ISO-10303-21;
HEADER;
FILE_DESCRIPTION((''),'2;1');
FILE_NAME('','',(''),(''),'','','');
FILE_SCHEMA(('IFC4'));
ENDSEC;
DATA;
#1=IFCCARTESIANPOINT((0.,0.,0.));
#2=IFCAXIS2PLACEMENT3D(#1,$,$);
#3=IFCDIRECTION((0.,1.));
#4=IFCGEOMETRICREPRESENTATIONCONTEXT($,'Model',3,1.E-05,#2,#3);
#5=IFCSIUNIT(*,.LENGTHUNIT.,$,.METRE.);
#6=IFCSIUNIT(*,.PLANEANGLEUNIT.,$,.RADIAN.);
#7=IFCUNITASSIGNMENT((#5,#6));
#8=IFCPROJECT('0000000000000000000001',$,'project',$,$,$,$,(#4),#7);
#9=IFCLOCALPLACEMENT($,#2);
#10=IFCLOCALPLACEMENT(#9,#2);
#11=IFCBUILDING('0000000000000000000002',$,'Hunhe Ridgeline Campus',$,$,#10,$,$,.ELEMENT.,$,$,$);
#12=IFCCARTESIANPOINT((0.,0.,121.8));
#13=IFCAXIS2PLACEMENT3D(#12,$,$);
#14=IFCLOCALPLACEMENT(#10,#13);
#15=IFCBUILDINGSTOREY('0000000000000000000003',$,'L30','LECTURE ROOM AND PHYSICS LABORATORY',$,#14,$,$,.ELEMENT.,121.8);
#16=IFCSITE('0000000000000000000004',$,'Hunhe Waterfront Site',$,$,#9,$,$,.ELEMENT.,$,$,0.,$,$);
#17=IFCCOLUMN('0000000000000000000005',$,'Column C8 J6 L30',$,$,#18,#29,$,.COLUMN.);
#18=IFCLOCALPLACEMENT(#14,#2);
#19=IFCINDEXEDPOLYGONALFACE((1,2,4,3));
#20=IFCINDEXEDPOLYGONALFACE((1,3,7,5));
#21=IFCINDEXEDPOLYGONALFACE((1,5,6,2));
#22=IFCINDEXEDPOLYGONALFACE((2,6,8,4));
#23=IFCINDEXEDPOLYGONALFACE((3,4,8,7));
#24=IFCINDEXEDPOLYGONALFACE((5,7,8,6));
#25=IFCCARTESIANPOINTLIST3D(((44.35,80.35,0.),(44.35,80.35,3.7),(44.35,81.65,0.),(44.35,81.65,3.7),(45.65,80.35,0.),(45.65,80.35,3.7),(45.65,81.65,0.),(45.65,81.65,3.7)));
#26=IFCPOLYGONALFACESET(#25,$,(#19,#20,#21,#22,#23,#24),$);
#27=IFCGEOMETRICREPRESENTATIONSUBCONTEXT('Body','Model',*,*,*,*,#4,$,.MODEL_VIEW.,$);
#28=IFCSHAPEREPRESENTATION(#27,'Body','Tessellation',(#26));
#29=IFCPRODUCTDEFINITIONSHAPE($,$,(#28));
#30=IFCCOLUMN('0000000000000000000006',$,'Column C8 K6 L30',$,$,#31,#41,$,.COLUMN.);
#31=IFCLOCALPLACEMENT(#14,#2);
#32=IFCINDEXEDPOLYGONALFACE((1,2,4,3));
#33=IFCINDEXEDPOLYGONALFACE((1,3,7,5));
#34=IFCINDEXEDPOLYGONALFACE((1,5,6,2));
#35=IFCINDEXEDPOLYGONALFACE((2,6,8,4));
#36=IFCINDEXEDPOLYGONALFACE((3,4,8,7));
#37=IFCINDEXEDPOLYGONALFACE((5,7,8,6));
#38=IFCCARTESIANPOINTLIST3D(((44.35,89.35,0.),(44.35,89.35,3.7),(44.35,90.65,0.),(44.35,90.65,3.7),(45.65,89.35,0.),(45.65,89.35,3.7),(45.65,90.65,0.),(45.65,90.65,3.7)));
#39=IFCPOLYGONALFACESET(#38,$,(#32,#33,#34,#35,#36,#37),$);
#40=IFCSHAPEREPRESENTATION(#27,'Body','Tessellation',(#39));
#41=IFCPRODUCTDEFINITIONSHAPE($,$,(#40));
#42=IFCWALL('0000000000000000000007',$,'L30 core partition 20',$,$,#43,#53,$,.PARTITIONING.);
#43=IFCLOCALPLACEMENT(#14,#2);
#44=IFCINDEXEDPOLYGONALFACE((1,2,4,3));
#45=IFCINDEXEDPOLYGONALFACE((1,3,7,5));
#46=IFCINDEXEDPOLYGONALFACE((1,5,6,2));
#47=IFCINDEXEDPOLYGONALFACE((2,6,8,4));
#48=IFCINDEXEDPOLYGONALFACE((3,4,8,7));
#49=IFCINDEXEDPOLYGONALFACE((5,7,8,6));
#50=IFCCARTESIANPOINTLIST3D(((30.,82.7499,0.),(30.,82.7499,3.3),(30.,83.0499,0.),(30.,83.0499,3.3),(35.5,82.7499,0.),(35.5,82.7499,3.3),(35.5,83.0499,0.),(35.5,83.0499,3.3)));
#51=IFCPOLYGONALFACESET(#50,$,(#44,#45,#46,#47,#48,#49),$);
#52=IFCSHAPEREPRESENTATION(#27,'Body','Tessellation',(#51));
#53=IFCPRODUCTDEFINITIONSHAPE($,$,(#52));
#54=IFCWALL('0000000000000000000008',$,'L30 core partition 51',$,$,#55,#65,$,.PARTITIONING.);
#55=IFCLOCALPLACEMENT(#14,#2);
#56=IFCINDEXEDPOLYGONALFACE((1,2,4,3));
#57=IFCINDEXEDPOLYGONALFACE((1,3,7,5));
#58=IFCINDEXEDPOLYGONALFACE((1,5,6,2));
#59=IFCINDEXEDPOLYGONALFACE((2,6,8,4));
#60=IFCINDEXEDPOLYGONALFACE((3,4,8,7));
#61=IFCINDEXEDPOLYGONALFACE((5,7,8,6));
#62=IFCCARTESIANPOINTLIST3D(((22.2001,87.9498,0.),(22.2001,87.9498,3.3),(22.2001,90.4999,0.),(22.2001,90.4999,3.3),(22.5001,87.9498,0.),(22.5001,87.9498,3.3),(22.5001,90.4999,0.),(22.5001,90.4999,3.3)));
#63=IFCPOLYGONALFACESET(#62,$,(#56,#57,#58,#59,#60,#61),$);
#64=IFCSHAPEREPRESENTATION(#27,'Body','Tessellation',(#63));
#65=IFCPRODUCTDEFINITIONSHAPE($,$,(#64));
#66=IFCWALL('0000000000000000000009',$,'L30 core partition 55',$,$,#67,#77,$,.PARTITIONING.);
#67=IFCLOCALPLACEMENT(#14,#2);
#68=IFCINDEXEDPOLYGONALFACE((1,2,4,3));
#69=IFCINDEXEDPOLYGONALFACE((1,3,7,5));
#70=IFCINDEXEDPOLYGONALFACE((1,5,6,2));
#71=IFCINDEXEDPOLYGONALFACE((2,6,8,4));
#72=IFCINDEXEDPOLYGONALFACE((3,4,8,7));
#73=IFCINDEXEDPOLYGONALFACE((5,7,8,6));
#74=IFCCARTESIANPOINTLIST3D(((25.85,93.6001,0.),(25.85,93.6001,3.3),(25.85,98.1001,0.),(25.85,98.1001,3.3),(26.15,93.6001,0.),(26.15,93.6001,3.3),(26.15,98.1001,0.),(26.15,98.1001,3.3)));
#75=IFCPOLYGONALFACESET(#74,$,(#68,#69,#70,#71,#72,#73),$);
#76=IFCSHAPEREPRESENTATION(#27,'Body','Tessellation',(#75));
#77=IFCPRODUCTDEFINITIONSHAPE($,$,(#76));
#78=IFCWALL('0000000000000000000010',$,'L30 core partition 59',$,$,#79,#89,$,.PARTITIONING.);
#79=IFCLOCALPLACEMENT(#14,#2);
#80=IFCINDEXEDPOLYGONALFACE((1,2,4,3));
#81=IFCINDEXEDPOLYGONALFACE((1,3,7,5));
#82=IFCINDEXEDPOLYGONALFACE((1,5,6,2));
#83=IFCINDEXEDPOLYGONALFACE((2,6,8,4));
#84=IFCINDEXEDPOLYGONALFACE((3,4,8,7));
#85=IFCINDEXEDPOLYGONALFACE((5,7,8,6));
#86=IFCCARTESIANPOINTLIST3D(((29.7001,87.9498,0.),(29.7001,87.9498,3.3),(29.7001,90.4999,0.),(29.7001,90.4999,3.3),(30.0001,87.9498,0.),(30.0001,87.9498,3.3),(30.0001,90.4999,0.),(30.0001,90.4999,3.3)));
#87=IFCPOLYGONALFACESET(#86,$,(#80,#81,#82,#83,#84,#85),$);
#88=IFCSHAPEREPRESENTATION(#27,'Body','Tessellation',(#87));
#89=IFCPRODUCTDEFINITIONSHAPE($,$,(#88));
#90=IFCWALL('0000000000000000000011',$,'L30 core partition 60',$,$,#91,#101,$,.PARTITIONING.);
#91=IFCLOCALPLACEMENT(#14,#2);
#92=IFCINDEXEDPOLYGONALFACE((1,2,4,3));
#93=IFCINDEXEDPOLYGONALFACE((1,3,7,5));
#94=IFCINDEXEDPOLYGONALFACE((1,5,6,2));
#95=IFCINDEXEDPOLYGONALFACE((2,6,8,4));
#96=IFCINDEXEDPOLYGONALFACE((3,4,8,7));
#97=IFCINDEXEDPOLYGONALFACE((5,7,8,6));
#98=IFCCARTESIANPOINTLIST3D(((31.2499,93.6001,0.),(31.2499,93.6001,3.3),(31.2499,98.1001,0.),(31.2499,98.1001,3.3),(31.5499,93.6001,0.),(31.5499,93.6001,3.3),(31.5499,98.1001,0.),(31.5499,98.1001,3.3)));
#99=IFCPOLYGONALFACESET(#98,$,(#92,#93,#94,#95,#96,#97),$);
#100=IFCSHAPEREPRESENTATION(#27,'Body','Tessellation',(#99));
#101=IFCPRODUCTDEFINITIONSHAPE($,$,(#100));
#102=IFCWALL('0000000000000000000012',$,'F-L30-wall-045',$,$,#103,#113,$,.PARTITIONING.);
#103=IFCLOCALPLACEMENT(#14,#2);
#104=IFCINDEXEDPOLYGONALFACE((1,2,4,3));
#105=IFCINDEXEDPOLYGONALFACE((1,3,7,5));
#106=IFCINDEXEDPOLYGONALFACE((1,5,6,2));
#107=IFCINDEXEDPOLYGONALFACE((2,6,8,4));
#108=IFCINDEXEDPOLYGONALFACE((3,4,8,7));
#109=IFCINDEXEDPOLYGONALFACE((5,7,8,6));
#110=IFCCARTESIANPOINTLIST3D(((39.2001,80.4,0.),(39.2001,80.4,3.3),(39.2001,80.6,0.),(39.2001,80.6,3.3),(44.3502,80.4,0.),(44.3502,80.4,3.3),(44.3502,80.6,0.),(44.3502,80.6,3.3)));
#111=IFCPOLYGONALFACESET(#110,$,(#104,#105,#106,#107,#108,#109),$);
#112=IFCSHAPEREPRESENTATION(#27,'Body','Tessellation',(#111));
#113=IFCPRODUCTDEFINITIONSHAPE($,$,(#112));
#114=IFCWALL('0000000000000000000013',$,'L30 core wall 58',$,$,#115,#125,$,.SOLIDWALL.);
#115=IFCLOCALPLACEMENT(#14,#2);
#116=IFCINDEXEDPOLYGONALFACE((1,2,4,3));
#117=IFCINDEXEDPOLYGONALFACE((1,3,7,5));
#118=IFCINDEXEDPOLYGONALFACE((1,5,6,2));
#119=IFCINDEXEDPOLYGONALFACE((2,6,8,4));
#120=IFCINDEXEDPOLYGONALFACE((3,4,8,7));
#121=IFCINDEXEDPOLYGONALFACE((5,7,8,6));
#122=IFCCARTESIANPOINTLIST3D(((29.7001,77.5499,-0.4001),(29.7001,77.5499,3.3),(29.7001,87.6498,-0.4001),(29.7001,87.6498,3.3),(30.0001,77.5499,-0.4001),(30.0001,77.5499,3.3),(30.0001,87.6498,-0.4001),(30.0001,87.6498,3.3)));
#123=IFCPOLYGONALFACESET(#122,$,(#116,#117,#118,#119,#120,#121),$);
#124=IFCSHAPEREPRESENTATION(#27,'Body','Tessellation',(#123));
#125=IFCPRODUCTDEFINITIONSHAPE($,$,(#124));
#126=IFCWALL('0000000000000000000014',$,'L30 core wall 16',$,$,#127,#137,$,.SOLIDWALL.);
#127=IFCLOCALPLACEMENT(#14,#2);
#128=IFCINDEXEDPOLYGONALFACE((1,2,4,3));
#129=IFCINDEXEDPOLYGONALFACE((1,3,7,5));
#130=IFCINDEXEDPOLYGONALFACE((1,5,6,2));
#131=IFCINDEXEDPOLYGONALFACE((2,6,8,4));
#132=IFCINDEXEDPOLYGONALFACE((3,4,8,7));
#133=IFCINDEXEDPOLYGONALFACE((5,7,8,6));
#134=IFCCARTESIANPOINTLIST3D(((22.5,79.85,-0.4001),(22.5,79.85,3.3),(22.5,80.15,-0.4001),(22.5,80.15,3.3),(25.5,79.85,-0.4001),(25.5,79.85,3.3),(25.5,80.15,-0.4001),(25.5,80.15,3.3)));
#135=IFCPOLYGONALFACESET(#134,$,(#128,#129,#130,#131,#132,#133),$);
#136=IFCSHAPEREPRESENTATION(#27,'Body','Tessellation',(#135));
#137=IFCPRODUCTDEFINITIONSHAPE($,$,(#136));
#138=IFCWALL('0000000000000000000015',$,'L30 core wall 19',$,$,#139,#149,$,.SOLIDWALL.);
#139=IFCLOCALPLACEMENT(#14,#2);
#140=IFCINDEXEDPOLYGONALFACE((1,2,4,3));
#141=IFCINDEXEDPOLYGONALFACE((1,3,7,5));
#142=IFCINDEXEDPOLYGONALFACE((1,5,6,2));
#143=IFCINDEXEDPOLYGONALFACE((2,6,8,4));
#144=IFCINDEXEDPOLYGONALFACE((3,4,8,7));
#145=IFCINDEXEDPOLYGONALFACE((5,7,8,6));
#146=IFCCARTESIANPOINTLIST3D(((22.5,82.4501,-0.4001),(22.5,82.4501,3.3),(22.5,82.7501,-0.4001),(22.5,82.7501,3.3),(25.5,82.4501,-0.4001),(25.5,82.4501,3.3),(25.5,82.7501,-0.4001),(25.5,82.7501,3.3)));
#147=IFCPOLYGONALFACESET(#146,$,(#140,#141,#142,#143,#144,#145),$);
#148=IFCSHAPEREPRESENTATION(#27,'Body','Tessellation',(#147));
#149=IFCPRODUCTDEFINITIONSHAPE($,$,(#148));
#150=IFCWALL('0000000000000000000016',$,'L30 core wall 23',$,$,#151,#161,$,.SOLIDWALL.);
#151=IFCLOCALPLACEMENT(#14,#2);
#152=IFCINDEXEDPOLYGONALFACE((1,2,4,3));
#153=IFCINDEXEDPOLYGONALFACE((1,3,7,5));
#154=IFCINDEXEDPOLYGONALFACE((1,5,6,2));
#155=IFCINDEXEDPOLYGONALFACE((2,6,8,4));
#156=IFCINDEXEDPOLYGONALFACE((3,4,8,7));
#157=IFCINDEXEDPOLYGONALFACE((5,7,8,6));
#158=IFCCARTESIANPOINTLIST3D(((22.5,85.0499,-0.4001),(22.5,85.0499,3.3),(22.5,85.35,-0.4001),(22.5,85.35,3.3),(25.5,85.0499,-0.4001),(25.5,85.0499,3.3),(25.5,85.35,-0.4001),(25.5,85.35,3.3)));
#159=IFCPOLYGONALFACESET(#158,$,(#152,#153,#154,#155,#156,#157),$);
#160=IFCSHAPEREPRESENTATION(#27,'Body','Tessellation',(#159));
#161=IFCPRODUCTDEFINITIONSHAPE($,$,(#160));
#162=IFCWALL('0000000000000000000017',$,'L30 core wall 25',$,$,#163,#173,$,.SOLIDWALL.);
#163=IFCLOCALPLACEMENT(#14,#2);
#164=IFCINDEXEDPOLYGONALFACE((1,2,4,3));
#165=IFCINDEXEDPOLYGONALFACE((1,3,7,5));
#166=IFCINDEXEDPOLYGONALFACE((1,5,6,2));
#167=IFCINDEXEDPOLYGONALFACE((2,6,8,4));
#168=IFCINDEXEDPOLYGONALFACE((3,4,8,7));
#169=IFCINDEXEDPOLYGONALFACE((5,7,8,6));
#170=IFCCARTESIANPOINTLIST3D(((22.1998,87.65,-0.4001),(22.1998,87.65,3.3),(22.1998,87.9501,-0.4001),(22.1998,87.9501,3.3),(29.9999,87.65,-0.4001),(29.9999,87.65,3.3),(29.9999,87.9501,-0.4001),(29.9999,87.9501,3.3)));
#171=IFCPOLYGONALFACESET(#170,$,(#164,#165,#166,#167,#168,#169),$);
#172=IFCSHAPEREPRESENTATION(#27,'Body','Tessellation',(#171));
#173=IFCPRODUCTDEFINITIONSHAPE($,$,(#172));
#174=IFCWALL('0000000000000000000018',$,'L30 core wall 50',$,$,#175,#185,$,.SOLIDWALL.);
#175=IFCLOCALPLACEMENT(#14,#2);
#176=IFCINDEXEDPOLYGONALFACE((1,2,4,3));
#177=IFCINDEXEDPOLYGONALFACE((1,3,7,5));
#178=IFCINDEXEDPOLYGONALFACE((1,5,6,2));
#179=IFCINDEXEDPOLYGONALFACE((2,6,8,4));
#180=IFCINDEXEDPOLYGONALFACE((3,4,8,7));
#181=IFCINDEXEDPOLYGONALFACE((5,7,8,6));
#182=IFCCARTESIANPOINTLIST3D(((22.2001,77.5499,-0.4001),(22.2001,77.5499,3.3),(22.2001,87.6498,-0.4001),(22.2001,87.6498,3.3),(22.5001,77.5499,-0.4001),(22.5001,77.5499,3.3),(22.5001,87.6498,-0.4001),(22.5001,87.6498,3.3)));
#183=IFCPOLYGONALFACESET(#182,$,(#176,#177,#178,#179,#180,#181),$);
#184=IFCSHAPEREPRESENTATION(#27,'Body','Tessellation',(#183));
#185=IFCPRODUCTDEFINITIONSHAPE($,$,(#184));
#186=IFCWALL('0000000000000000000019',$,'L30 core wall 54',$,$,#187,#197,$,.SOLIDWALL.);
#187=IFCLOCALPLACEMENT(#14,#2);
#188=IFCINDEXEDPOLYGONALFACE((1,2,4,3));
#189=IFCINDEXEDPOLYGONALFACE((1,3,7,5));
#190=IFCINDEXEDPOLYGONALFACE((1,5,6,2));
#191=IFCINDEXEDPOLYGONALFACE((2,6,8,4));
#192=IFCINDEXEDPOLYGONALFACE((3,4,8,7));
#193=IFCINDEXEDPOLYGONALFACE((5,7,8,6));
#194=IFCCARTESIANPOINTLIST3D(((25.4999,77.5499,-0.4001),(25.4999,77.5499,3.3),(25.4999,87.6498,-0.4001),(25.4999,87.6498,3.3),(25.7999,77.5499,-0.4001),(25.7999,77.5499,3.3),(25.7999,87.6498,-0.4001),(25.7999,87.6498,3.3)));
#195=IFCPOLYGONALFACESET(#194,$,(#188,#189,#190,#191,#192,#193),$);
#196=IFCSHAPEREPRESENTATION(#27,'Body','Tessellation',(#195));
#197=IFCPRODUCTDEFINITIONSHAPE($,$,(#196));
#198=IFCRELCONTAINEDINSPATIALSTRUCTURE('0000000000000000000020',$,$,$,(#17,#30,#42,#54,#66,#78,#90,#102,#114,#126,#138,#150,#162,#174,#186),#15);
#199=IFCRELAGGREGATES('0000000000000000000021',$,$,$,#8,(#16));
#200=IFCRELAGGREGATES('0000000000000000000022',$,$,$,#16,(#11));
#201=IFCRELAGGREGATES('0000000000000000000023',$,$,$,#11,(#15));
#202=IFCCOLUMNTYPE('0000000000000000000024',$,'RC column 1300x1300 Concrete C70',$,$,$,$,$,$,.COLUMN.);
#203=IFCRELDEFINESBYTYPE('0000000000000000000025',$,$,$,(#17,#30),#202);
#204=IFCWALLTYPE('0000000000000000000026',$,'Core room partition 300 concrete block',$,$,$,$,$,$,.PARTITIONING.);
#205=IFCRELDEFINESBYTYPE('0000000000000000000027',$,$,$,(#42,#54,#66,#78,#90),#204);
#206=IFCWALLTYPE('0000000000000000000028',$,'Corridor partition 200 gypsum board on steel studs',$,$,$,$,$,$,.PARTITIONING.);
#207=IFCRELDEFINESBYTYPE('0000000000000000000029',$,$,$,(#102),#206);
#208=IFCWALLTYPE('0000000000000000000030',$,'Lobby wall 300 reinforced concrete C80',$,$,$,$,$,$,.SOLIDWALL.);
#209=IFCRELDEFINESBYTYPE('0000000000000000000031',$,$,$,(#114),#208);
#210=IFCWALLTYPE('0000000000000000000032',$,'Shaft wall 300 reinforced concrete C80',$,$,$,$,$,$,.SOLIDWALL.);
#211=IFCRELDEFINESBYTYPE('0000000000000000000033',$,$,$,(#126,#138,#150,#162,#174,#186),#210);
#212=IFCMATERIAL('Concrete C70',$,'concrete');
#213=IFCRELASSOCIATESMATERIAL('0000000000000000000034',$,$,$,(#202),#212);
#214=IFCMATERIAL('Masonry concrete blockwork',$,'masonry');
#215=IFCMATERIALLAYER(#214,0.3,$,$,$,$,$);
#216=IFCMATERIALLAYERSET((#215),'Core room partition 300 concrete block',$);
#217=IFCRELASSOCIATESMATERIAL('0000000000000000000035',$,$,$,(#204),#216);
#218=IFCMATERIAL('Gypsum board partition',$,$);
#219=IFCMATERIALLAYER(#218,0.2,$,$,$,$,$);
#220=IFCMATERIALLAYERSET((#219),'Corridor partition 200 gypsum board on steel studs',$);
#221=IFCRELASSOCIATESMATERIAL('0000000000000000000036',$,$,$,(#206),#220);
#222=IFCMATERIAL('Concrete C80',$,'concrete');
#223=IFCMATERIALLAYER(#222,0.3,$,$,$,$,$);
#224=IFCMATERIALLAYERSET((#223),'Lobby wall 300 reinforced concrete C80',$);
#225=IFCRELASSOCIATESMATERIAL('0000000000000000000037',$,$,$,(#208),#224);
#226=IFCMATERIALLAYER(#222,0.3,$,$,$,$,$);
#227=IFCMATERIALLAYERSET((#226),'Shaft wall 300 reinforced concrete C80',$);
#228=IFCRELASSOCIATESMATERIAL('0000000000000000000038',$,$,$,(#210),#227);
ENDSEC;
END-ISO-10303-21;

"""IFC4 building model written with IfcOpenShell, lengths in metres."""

from ifc_helpers import new_model, si_unit, direction, frame, frame_2d, origin, origin_2d, place, context, subcontext, project, spatial, rectangle, extrude, material, layer, layer_set, material_profile, profile_set, type_object, element, save


model = new_model("IFC4")

# Units and contexts
model_context = context("Model", 3, precision=1e-05, world=origin(), true_north=direction((0.0, 1.0)))
body_context = subcontext(model_context, "Body", "Model", "MODEL_VIEW")
ifc_project = project(units=[si_unit("LENGTHUNIT", "METRE"), si_unit("PLANEANGLEUNIT", "RADIAN")], contexts=[model_context])

# Site, building, storey
site_placement = place(None, origin())
site = spatial("IfcSite", under=ifc_project, at=site_placement, Name="Hunhe Waterfront Site", CompositionType="ELEMENT", RefElevation=0.0)
building_placement = place(site_placement, origin())
building = spatial("IfcBuilding", under=site, at=building_placement, Name="Hunhe Ridgeline Campus", CompositionType="ELEMENT")
storey_placement = place(building_placement, frame((0.0, 0.0, 121.8)))
storey = spatial("IfcBuildingStorey", under=building, at=storey_placement, Name="L30", Description="LECTURE ROOM AND PHYSICS LABORATORY", CompositionType="ELEMENT", Elevation=121.8)

# Columns
ifc_material_1 = material(Name="Concrete C70", Category="concrete")
ifc_material_profile = material_profile(ifc_material_1, rectangle(XDim=1.3, YDim=1.3, at=origin_2d()))
ifc_profile_set = profile_set([ifc_material_profile], Name="Concrete C70")
column_type = type_object("IfcColumnType", Name="RC column 1300x1300 Concrete C70", PredefinedType="COLUMN", material=ifc_profile_set)
for number, where, z_axis, x_axis, name in (
    (1, (45.0, 81.0, 0.0), (0.0, 0.0, 1.0), (1.0, 0.0, 0.0), "Column C8 J6 L30"),
    (2, (45.0, 90.0, 0.0), (0.0, 0.0, 1.0), (1.0, 0.0, 0.0), "Column C8 K6 L30"),
):
    element("IfcColumn", number, at=place(storey_placement, frame(where, z_axis=z_axis, x_axis=x_axis)), inside=storey, type_object=column_type, Name=name, PredefinedType="COLUMN", context=body_context, shape_type="SweptSolid", body=[
        extrude(rectangle(XDim=1.3, YDim=1.3, at=origin_2d()), origin(), (0.0, 0.0, 1.0), 3.7),
    ])

# Shared definitions
ifc_material_2 = material(Name="Masonry concrete blockwork", Category="masonry")
ifc_layer_1 = layer(ifc_material_2, 0.3)
ifc_layer_set_1 = layer_set([ifc_layer_1], Name="Core room partition 300 concrete block")
wall_type_1 = type_object("IfcWallType", Name="Core room partition 300 concrete block", PredefinedType="PARTITIONING", material=ifc_layer_set_1)

# Walls
wall_1_placement = place(storey_placement, frame((30.0, 82.8999, 0.0), z_axis=(0.0, 0.0, 1.0), x_axis=(1.0, 0.0, 0.0)))
element("IfcWall", 3, at=wall_1_placement, inside=storey, type_object=wall_type_1, Name="L30 core partition 20", PredefinedType="PARTITIONING", context=body_context, shape_type="SweptSolid", body=[
    extrude(rectangle(XDim=5.5, YDim=0.3, at=frame_2d((2.75, 0.0))), origin(), (0.0, 0.0, 1.0), 3.3),
])
wall_2_placement = place(storey_placement, frame((22.3501, 87.95, 0.0), z_axis=(0.0, 0.0, 1.0), x_axis=(0.0, 1.0, 0.0)))
element("IfcWall", 4, at=wall_2_placement, inside=storey, type_object=wall_type_1, Name="L30 core partition 51", PredefinedType="PARTITIONING", context=body_context, shape_type="SweptSolid", body=[
    extrude(rectangle(XDim=2.55, YDim=0.3, at=frame_2d((1.2749, 0.0))), origin(), (0.0, 0.0, 1.0), 3.3),
])
wall_3_placement = place(storey_placement, frame((26.0, 93.6001, 0.0), z_axis=(0.0, 0.0, 1.0), x_axis=(0.0, 1.0, 0.0)))
element("IfcWall", 5, at=wall_3_placement, inside=storey, type_object=wall_type_1, Name="L30 core partition 55", PredefinedType="PARTITIONING", context=body_context, shape_type="SweptSolid", body=[
    extrude(rectangle(XDim=4.5, YDim=0.3, at=frame_2d((2.25, 0.0))), origin(), (0.0, 0.0, 1.0), 3.3),
])
wall_4_placement = place(storey_placement, frame((29.8501, 87.95, 0.0), z_axis=(0.0, 0.0, 1.0), x_axis=(0.0, 1.0, 0.0)))
element("IfcWall", 6, at=wall_4_placement, inside=storey, type_object=wall_type_1, Name="L30 core partition 59", PredefinedType="PARTITIONING", context=body_context, shape_type="SweptSolid", body=[
    extrude(rectangle(XDim=2.55, YDim=0.3, at=frame_2d((1.2749, 0.0))), origin(), (0.0, 0.0, 1.0), 3.3),
])
wall_5_placement = place(storey_placement, frame((31.3999, 93.6001, 0.0), z_axis=(0.0, 0.0, 1.0), x_axis=(0.0, 1.0, 0.0)))
element("IfcWall", 7, at=wall_5_placement, inside=storey, type_object=wall_type_1, Name="L30 core partition 60", PredefinedType="PARTITIONING", context=body_context, shape_type="SweptSolid", body=[
    extrude(rectangle(XDim=4.5, YDim=0.3, at=frame_2d((2.25, 0.0))), origin(), (0.0, 0.0, 1.0), 3.3),
])
ifc_material_3 = material(Name="Gypsum board partition")
ifc_layer_2 = layer(ifc_material_3, 0.2)
ifc_layer_set_2 = layer_set([ifc_layer_2], Name="Corridor partition 200 gypsum board on steel studs")
wall_type_2 = type_object("IfcWallType", Name="Corridor partition 200 gypsum board on steel studs", PredefinedType="PARTITIONING", material=ifc_layer_set_2)
wall_6_placement = place(storey_placement, frame((39.2, 80.5, 0.0), z_axis=(0.0, 0.0, 1.0), x_axis=(1.0, 0.0, 0.0)))
element("IfcWall", 8, at=wall_6_placement, inside=storey, type_object=wall_type_2, Name="F-L30-wall-045", PredefinedType="PARTITIONING", context=body_context, shape_type="SweptSolid", body=[
    extrude(rectangle(XDim=5.1501, YDim=0.2, at=frame_2d((2.5752, 0.0))), origin(), (0.0, 0.0, 1.0), 3.3),
])

# Walls
ifc_material_4 = material(Name="Concrete C80", Category="concrete")
ifc_layer_3 = layer(ifc_material_4, 0.3)
ifc_layer_set_3 = layer_set([ifc_layer_3], Name="Lobby wall 300 reinforced concrete C80")
wall_type_3 = type_object("IfcWallType", Name="Lobby wall 300 reinforced concrete C80", PredefinedType="SOLIDWALL", material=ifc_layer_set_3)
wall_7_placement = place(storey_placement, frame((29.8501, 77.55, -0.4001), z_axis=(0.0, 0.0, 1.0), x_axis=(0.0, 1.0, 0.0)))
element("IfcWall", 9, at=wall_7_placement, inside=storey, type_object=wall_type_3, Name="L30 core wall 58", PredefinedType="SOLIDWALL", context=body_context, shape_type="SweptSolid", body=[
    extrude(rectangle(XDim=10.0999, YDim=0.3, at=frame_2d((5.0498, 0.0))), origin(), (0.0, 0.0, 1.0), 3.7002),
])
ifc_layer_4 = layer(ifc_material_4, 0.3)
ifc_layer_set_4 = layer_set([ifc_layer_4], Name="Shaft wall 300 reinforced concrete C80")
wall_type_4 = type_object("IfcWallType", Name="Shaft wall 300 reinforced concrete C80", PredefinedType="SOLIDWALL", material=ifc_layer_set_4)
for number, where, z_axis, x_axis, name in (
    (10, (22.5, 80.0, -0.4001), (0.0, 0.0, 1.0), (1.0, 0.0, 0.0), "L30 core wall 16"),
    (11, (22.5, 82.6001, -0.4001), (0.0, 0.0, 1.0), (1.0, 0.0, 0.0), "L30 core wall 19"),
    (12, (22.5, 85.2, -0.4001), (0.0, 0.0, 1.0), (1.0, 0.0, 0.0), "L30 core wall 23"),
):
    element("IfcWall", number, at=place(storey_placement, frame(where, z_axis=z_axis, x_axis=x_axis)), inside=storey, type_object=wall_type_4, Name=name, PredefinedType="SOLIDWALL", context=body_context, shape_type="SweptSolid", body=[
        extrude(rectangle(XDim=3.0, YDim=0.3, at=frame_2d((1.5, 0.0))), origin(), (0.0, 0.0, 1.0), 3.7002),
    ])
wall_8_placement = place(storey_placement, frame((22.2, 87.8, -0.4001), z_axis=(0.0, 0.0, 1.0), x_axis=(1.0, 0.0, 0.0)))
element("IfcWall", 13, at=wall_8_placement, inside=storey, type_object=wall_type_4, Name="L30 core wall 25", PredefinedType="SOLIDWALL", context=body_context, shape_type="SweptSolid", body=[
    extrude(rectangle(XDim=7.8, YDim=0.3, at=frame_2d((3.8999, 0.0))), origin(), (0.0, 0.0, 1.0), 3.7002),
])
for number, where, z_axis, x_axis, name in (
    (14, (22.3501, 77.55, -0.4001), (0.0, 0.0, 1.0), (0.0, 1.0, 0.0), "L30 core wall 50"),
    (15, (25.6499, 77.55, -0.4001), (0.0, 0.0, 1.0), (0.0, 1.0, 0.0), "L30 core wall 54"),
):
    element("IfcWall", number, at=place(storey_placement, frame(where, z_axis=z_axis, x_axis=x_axis)), inside=storey, type_object=wall_type_4, Name=name, PredefinedType="SOLIDWALL", context=body_context, shape_type="SweptSolid", body=[
        extrude(rectangle(XDim=10.0999, YDim=0.3, at=frame_2d((5.0498, 0.0))), origin(), (0.0, 0.0, 1.0), 3.7002),
    ])

save(model, "model.ifc")
